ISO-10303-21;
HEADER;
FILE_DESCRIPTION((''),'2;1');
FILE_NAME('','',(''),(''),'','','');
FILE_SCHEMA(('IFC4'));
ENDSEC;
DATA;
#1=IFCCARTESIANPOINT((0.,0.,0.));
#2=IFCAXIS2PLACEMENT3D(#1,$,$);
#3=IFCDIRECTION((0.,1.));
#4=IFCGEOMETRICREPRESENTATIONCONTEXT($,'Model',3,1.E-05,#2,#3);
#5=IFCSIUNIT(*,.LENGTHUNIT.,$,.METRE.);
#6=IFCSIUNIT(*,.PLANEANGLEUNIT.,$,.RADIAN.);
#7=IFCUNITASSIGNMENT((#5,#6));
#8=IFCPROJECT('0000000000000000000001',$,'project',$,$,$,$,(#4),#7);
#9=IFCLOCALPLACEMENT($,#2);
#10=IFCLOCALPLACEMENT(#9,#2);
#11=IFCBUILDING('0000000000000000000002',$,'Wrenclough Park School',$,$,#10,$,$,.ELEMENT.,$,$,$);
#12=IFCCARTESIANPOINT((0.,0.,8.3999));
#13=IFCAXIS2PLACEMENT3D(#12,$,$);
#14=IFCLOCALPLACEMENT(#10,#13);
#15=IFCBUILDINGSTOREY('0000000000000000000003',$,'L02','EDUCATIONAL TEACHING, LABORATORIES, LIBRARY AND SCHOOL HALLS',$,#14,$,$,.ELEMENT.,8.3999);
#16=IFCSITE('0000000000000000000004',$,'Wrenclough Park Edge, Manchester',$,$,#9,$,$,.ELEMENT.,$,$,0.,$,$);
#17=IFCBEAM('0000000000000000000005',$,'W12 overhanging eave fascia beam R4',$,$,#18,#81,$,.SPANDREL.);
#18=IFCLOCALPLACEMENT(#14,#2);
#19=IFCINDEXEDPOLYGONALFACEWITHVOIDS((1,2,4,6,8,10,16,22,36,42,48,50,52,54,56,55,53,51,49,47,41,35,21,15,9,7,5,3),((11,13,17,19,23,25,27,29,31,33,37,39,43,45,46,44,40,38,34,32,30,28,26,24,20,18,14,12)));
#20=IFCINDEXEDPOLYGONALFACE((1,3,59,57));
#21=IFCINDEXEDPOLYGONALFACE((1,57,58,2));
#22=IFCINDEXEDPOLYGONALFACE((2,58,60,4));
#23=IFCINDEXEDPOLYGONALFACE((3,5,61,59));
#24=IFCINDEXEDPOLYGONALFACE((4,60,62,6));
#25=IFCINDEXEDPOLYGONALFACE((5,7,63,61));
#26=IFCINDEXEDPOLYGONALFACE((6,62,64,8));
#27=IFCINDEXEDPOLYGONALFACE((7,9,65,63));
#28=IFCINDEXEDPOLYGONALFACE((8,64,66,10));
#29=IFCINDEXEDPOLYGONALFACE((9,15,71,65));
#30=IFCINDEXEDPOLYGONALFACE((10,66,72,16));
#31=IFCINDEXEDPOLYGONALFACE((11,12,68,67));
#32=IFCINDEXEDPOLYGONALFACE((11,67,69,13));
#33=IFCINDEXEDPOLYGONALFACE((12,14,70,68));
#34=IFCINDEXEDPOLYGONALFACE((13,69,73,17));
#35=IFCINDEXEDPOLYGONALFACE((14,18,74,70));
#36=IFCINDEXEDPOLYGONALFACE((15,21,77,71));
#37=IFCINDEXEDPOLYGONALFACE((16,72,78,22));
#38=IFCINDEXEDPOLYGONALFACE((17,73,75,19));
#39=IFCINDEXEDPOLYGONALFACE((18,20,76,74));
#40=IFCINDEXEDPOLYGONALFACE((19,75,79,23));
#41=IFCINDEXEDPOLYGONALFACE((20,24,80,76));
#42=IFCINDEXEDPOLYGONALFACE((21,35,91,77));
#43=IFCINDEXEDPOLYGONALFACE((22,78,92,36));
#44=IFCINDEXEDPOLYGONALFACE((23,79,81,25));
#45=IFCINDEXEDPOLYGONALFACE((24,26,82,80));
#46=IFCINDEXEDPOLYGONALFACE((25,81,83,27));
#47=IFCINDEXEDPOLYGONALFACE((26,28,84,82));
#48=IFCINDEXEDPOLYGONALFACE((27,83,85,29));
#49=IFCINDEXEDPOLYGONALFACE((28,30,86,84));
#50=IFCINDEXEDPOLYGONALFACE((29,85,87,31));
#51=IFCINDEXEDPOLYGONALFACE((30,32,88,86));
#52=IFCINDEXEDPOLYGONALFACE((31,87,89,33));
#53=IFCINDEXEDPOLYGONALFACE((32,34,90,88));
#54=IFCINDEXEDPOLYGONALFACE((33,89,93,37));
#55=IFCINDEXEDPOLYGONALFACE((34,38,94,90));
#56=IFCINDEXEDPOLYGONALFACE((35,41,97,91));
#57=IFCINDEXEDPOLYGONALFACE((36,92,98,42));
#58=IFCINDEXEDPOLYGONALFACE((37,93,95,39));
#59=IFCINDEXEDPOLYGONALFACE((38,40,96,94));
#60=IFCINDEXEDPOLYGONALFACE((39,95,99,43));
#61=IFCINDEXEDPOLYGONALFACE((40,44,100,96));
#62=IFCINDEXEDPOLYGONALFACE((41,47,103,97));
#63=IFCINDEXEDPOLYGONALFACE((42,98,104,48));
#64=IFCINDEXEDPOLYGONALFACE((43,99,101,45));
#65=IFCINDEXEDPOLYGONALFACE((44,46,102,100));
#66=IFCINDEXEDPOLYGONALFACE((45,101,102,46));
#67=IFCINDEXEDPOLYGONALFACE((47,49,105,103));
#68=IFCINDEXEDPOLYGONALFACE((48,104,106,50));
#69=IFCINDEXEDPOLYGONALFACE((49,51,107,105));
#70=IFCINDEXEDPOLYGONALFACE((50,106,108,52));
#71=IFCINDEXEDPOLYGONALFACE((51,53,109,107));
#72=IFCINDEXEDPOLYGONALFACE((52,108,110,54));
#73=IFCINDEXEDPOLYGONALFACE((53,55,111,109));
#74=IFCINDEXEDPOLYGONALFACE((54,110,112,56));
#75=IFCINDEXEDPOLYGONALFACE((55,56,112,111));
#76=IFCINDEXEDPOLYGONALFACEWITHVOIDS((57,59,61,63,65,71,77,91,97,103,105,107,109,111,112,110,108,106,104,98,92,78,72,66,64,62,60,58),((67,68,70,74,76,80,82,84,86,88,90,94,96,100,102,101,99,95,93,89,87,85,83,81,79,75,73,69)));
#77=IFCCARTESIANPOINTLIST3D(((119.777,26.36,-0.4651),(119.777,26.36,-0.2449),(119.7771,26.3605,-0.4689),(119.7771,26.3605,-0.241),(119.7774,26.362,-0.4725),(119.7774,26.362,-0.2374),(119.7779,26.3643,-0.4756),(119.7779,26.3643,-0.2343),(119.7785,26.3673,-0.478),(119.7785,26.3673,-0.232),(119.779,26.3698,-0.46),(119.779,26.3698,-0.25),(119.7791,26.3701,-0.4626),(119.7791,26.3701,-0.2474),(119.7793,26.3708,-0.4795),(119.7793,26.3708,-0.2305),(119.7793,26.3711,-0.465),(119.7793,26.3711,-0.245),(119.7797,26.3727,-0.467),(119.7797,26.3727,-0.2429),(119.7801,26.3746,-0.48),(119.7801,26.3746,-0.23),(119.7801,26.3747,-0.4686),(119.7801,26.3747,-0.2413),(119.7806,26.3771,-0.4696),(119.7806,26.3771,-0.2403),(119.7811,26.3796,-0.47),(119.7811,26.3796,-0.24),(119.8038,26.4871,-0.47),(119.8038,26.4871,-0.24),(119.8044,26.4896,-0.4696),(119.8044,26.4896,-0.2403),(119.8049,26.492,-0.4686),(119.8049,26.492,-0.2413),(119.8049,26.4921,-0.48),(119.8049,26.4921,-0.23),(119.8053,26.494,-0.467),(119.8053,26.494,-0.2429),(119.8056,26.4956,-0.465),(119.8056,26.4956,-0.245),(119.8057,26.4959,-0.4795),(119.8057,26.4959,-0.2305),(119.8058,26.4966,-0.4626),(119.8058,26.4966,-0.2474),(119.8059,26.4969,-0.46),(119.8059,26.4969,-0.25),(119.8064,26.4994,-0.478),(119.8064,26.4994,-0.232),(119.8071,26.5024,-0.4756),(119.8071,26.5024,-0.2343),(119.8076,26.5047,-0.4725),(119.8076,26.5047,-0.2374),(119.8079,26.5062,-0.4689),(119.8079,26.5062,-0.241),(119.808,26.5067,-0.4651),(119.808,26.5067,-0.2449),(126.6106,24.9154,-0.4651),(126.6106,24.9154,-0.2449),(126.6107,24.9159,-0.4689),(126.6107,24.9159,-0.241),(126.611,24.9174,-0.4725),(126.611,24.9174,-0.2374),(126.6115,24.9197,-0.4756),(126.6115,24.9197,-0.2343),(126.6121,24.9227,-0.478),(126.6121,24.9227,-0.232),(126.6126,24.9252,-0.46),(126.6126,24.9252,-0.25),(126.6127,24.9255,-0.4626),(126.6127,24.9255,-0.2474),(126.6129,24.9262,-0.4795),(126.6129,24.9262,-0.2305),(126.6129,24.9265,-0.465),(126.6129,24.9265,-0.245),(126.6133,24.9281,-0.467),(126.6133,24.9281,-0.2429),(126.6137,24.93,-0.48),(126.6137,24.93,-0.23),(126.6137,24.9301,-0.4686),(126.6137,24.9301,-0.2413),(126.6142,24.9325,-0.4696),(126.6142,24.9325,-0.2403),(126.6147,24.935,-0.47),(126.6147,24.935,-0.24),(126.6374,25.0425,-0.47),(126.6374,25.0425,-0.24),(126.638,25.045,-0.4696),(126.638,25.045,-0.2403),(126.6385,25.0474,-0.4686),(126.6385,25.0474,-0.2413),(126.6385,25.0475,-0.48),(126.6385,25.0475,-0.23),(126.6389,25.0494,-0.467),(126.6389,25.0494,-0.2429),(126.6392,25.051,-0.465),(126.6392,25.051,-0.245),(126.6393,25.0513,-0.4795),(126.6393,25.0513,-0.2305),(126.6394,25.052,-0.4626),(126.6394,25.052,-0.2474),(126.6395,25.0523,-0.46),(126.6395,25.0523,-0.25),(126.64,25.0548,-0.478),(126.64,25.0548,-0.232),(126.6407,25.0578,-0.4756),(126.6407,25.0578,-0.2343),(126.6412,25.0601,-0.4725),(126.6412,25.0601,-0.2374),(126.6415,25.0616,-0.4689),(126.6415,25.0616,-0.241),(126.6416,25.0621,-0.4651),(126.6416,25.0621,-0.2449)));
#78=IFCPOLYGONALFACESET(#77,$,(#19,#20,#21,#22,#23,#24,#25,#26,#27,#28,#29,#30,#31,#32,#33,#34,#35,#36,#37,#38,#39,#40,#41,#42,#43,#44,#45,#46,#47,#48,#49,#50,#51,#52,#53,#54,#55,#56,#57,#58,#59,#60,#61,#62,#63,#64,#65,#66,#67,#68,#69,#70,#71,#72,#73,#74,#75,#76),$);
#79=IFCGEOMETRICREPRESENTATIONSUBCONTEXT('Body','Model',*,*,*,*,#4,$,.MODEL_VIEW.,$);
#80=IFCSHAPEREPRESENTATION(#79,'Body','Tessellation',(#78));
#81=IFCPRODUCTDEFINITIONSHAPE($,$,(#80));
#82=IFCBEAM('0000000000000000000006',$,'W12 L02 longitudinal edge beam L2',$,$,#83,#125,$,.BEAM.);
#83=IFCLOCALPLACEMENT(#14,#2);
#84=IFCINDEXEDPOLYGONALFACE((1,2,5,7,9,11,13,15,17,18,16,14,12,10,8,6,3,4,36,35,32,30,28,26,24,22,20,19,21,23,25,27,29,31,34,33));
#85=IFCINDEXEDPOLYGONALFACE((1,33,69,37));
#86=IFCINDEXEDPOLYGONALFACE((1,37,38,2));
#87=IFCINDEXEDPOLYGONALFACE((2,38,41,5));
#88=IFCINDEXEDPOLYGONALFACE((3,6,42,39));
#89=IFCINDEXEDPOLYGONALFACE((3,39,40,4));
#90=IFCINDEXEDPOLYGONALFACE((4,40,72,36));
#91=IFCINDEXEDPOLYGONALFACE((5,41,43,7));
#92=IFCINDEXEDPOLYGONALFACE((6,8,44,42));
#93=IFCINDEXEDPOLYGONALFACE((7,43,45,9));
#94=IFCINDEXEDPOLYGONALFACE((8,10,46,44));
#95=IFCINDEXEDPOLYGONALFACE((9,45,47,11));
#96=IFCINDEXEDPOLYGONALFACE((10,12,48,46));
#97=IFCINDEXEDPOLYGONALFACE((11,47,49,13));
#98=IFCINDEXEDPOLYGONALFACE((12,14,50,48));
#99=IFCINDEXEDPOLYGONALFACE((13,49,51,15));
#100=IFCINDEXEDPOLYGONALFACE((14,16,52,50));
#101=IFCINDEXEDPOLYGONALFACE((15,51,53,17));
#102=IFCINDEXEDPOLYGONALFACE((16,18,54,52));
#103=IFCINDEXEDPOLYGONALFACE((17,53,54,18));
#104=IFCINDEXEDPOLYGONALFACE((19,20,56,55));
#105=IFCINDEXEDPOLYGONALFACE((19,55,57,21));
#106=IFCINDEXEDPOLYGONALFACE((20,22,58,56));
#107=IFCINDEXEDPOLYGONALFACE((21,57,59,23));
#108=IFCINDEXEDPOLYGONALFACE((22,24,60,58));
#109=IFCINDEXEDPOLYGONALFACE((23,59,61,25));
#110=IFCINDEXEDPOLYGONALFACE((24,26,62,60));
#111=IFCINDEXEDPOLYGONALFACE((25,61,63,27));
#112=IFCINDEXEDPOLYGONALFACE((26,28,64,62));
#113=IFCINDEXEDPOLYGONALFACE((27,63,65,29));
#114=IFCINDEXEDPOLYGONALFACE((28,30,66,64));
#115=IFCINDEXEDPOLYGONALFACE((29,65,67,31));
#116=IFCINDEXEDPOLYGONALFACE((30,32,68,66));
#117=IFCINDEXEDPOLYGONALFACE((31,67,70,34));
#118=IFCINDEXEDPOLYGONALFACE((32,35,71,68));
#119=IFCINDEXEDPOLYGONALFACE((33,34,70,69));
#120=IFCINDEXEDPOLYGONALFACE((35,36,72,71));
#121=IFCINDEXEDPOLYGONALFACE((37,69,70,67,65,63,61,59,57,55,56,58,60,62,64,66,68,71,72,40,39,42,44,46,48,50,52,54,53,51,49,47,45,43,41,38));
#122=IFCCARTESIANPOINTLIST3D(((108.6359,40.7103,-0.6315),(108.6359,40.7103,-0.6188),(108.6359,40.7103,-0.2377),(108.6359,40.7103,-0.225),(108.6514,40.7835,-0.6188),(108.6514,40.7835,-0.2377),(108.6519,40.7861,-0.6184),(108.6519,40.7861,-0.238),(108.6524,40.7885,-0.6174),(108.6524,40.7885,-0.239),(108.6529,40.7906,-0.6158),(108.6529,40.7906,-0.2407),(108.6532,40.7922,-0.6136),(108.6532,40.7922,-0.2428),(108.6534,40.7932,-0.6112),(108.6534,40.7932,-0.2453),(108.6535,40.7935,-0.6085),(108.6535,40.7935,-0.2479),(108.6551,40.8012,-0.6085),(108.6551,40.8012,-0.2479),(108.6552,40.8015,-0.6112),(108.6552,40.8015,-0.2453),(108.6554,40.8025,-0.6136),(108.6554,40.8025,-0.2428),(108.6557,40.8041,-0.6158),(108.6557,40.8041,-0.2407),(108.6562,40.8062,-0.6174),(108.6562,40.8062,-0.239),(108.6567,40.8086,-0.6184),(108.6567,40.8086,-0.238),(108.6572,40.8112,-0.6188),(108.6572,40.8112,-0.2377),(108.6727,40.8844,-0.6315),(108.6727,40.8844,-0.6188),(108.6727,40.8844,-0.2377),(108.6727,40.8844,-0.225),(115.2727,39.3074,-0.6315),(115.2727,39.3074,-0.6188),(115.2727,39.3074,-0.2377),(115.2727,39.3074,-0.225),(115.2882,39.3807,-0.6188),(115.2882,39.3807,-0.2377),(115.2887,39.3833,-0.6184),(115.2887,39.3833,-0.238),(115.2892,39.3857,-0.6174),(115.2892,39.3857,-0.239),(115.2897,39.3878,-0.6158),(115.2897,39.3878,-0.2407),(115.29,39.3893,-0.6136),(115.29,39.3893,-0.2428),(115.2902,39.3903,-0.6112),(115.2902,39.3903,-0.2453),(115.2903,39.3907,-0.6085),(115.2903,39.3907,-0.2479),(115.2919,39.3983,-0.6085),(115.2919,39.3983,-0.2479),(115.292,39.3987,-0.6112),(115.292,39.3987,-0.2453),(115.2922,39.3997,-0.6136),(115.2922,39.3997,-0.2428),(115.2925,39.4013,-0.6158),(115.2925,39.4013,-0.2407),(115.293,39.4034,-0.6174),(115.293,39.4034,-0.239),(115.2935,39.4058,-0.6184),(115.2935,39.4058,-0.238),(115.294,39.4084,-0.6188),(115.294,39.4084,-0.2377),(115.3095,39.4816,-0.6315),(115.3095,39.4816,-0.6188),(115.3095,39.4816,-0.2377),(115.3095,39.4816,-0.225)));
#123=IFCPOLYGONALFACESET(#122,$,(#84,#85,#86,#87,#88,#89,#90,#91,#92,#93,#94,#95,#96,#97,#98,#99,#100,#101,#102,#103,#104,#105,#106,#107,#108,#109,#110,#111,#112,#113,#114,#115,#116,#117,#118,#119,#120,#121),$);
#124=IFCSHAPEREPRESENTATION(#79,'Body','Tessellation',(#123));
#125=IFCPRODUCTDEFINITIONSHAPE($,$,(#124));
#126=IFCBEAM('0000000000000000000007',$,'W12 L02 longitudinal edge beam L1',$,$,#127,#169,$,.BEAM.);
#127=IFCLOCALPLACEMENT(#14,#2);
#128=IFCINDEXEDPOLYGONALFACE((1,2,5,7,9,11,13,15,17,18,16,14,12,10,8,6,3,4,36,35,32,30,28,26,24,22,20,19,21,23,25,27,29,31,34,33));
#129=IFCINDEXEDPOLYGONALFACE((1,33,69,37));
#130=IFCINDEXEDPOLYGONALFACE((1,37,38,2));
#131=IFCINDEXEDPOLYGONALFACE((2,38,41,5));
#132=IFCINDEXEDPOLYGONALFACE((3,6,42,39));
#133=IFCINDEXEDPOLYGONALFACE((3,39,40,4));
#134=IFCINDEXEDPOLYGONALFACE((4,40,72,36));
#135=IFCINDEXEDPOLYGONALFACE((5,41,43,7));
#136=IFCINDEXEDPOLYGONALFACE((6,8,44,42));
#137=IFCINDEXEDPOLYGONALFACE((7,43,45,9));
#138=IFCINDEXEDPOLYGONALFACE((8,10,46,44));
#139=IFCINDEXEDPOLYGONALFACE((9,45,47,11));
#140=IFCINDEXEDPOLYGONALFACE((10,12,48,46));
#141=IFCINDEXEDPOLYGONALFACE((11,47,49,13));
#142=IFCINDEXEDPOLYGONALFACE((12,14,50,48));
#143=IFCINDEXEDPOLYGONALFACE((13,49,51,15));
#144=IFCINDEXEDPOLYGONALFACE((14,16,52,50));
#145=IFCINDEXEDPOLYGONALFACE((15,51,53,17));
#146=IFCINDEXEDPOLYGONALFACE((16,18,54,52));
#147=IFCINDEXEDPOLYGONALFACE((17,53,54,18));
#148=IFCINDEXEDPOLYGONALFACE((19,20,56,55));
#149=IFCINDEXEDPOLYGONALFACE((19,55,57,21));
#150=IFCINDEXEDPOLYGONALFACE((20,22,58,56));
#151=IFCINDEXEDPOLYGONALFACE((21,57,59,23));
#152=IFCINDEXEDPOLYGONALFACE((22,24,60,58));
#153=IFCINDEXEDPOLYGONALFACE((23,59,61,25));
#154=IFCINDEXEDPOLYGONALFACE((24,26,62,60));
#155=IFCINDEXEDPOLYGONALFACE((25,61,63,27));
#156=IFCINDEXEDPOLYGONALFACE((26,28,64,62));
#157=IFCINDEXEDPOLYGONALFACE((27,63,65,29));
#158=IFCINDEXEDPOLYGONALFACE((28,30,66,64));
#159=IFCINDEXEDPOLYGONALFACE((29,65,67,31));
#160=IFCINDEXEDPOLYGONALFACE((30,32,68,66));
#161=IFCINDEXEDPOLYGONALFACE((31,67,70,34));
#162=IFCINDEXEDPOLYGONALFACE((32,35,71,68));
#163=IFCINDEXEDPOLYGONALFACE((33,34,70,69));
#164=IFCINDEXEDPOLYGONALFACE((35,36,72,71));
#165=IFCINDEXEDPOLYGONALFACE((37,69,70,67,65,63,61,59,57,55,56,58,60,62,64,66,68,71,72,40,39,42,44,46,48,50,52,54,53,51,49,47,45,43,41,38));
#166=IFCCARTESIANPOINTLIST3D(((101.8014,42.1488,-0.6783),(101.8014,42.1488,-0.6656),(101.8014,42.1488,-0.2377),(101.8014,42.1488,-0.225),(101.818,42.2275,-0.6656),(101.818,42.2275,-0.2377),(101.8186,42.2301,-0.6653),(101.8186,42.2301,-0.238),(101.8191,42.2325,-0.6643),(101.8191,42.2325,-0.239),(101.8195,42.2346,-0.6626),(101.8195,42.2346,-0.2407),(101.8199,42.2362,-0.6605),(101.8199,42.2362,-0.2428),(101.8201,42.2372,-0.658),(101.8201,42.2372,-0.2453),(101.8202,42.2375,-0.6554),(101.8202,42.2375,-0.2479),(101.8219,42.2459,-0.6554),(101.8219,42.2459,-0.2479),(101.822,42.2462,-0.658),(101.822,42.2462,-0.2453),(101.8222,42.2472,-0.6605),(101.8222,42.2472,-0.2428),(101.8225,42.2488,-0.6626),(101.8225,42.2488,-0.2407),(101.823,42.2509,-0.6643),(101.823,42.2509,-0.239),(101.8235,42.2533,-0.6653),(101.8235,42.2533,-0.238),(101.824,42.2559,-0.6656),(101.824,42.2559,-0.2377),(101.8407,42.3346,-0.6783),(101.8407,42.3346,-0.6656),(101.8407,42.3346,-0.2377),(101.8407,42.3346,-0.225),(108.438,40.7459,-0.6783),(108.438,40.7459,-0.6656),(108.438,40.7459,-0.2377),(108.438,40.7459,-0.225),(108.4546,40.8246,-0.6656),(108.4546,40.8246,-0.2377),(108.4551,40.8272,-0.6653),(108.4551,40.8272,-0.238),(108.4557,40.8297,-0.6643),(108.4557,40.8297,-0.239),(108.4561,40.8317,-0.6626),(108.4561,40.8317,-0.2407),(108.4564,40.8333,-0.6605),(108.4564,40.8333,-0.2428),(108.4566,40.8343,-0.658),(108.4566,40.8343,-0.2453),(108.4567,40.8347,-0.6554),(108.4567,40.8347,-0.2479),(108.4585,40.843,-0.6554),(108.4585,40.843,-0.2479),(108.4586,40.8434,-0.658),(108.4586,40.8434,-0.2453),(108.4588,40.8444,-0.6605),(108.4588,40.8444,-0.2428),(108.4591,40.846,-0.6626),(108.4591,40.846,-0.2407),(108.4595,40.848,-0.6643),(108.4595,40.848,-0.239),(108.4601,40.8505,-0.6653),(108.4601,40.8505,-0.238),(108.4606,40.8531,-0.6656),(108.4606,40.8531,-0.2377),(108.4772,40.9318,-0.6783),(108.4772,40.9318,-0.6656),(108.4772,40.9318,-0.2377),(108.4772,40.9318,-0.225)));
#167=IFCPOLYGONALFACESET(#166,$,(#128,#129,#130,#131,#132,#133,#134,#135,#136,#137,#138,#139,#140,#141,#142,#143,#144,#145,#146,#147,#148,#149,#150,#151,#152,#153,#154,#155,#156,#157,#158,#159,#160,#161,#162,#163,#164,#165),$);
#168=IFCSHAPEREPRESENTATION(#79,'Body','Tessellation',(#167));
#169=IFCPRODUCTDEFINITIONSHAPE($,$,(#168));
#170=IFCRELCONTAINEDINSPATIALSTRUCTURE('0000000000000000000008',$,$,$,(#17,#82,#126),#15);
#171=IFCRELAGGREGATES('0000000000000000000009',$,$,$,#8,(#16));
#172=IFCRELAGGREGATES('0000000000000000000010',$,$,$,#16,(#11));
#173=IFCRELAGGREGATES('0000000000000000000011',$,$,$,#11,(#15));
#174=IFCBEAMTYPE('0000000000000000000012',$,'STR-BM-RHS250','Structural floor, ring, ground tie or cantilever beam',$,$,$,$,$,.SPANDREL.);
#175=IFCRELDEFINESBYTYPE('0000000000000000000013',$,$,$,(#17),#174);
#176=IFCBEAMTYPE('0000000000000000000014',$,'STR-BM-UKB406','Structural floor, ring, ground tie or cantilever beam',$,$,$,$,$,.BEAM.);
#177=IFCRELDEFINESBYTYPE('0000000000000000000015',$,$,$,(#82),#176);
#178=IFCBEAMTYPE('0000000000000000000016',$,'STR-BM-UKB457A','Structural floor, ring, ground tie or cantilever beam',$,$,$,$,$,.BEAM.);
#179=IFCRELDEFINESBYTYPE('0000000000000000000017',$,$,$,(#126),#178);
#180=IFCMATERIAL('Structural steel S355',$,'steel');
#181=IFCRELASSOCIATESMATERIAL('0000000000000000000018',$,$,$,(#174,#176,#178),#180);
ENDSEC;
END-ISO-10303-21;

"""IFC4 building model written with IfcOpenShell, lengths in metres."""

from ifc_helpers import new_model, si_unit, direction, frame, origin, origin_2d, place, context, subcontext, project, spatial, hollow_rectangle, i_section, extrude, material, material_profile, profile_set, type_object, element, save


model = new_model("IFC4")

# Units and contexts
model_context = context("Model", 3, precision=1e-05, world=origin(), true_north=direction((0.0, 1.0)))
body_context = subcontext(model_context, "Body", "Model", "MODEL_VIEW")
ifc_project = project(units=[si_unit("LENGTHUNIT", "METRE"), si_unit("PLANEANGLEUNIT", "RADIAN")], contexts=[model_context])

# Site, building, storey
site_placement = place(None, origin())
site = spatial("IfcSite", under=ifc_project, at=site_placement, Name="Wrenclough Park Edge, Manchester", CompositionType="ELEMENT", RefElevation=0.0)
building_placement = place(site_placement, origin())
building = spatial("IfcBuilding", under=site, at=building_placement, Name="Wrenclough Park School", CompositionType="ELEMENT")
storey_placement = place(building_placement, frame((0.0, 0.0, 8.3999)))
storey = spatial("IfcBuildingStorey", under=building, at=storey_placement, Name="L02", Description="EDUCATIONAL TEACHING, LABORATORIES, LIBRARY AND SCHOOL HALLS", CompositionType="ELEMENT", Elevation=8.3999)

# Beams
ifc_material_1 = material(Name="Structural steel S355", Category="steel")
ifc_material_profile_1 = material_profile(ifc_material_1, hollow_rectangle(XDim=0.1499, YDim=0.25, WallThickness=0.01, InnerFilletRadius=0.01, OuterFilletRadius=0.0149, at=origin_2d()), Name="RHS 250x150x10.0")
ifc_profile_set_1 = profile_set([ifc_material_profile_1], Name="Structural steel S355")
beam_type_1 = type_object("IfcBeamType", Name="STR-BM-RHS250", Description="Structural floor, ring, ground tie or cantilever beam", PredefinedType="SPANDREL", material=ifc_profile_set_1)
beam_1_placement = place(storey_placement, frame((119.7925, 26.4333, -0.355), z_axis=(0.978378, -0.206826, 0.0), x_axis=(0.206826, 0.978378, 0.0)))
element("IfcBeam", 1, at=beam_1_placement, inside=storey, type_object=beam_type_1, Name="W12 overhanging eave fascia beam R4", PredefinedType="SPANDREL", context=body_context, shape_type="SweptSolid", body=[
    extrude(hollow_rectangle(XDim=0.1499, YDim=0.25, WallThickness=0.01, InnerFilletRadius=0.01, OuterFilletRadius=0.0149, at=origin_2d()), origin(), (0.0, 0.0, 1.0), 6.9846),
])
ifc_material_profile_2 = material_profile(ifc_material_1, i_section(OverallWidth=0.178, OverallDepth=0.4065, WebThickness=0.0078, FlangeThickness=0.0127, FilletRadius=0.0103, at=origin_2d()), Name="UKB 406x178x60")
ifc_profile_set_2 = profile_set([ifc_material_profile_2], Name="Structural steel S355")
beam_type_2 = type_object("IfcBeamType", Name="STR-BM-UKB406", Description="Structural floor, ring, ground tie or cantilever beam", PredefinedType="BEAM", material=ifc_profile_set_2)
beam_2_placement = place(storey_placement, frame((108.6543, 40.7974, -0.4282), z_axis=(0.978382, -0.206805, 0.0), x_axis=(0.206805, 0.978382, 0.0)))
element("IfcBeam", 2, at=beam_2_placement, inside=storey, type_object=beam_type_2, Name="W12 L02 longitudinal edge beam L2", PredefinedType="BEAM", context=body_context, shape_type="SweptSolid", body=[
    extrude(i_section(OverallWidth=0.178, OverallDepth=0.4065, WebThickness=0.0078, FlangeThickness=0.0127, FilletRadius=0.0103, at=origin_2d()), origin(), (0.0, 0.0, 1.0), 6.7834),
])
ifc_material_profile_3 = material_profile(ifc_material_1, i_section(OverallWidth=0.1899, OverallDepth=0.4534, WebThickness=0.0085, FlangeThickness=0.0127, FilletRadius=0.0103, at=origin_2d()), Name="UKB 457x191x67")
ifc_profile_set_3 = profile_set([ifc_material_profile_3], Name="Structural steel S355")
beam_type_3 = type_object("IfcBeamType", Name="STR-BM-UKB457A", Description="Structural floor, ring, ground tie or cantilever beam", PredefinedType="BEAM", material=ifc_profile_set_3)
for number, where, z_axis, x_axis, name in (
    (3, (101.821, 42.2417, -0.4517), (0.978381, -0.206812, 0.0), (0.206812, 0.978381, 0.0), "W12 L02 longitudinal edge beam L1"),
):
    element("IfcBeam", number, at=place(storey_placement, frame(where, z_axis=z_axis, x_axis=x_axis)), inside=storey, type_object=beam_type_3, Name=name, PredefinedType="BEAM", context=body_context, shape_type="SweptSolid", body=[
        extrude(i_section(OverallWidth=0.1899, OverallDepth=0.4534, WebThickness=0.0085, FlangeThickness=0.0127, FilletRadius=0.0103, at=origin_2d()), origin(), (0.0, 0.0, 1.0), 6.7832),
    ])

save(model, "model.ifc")
